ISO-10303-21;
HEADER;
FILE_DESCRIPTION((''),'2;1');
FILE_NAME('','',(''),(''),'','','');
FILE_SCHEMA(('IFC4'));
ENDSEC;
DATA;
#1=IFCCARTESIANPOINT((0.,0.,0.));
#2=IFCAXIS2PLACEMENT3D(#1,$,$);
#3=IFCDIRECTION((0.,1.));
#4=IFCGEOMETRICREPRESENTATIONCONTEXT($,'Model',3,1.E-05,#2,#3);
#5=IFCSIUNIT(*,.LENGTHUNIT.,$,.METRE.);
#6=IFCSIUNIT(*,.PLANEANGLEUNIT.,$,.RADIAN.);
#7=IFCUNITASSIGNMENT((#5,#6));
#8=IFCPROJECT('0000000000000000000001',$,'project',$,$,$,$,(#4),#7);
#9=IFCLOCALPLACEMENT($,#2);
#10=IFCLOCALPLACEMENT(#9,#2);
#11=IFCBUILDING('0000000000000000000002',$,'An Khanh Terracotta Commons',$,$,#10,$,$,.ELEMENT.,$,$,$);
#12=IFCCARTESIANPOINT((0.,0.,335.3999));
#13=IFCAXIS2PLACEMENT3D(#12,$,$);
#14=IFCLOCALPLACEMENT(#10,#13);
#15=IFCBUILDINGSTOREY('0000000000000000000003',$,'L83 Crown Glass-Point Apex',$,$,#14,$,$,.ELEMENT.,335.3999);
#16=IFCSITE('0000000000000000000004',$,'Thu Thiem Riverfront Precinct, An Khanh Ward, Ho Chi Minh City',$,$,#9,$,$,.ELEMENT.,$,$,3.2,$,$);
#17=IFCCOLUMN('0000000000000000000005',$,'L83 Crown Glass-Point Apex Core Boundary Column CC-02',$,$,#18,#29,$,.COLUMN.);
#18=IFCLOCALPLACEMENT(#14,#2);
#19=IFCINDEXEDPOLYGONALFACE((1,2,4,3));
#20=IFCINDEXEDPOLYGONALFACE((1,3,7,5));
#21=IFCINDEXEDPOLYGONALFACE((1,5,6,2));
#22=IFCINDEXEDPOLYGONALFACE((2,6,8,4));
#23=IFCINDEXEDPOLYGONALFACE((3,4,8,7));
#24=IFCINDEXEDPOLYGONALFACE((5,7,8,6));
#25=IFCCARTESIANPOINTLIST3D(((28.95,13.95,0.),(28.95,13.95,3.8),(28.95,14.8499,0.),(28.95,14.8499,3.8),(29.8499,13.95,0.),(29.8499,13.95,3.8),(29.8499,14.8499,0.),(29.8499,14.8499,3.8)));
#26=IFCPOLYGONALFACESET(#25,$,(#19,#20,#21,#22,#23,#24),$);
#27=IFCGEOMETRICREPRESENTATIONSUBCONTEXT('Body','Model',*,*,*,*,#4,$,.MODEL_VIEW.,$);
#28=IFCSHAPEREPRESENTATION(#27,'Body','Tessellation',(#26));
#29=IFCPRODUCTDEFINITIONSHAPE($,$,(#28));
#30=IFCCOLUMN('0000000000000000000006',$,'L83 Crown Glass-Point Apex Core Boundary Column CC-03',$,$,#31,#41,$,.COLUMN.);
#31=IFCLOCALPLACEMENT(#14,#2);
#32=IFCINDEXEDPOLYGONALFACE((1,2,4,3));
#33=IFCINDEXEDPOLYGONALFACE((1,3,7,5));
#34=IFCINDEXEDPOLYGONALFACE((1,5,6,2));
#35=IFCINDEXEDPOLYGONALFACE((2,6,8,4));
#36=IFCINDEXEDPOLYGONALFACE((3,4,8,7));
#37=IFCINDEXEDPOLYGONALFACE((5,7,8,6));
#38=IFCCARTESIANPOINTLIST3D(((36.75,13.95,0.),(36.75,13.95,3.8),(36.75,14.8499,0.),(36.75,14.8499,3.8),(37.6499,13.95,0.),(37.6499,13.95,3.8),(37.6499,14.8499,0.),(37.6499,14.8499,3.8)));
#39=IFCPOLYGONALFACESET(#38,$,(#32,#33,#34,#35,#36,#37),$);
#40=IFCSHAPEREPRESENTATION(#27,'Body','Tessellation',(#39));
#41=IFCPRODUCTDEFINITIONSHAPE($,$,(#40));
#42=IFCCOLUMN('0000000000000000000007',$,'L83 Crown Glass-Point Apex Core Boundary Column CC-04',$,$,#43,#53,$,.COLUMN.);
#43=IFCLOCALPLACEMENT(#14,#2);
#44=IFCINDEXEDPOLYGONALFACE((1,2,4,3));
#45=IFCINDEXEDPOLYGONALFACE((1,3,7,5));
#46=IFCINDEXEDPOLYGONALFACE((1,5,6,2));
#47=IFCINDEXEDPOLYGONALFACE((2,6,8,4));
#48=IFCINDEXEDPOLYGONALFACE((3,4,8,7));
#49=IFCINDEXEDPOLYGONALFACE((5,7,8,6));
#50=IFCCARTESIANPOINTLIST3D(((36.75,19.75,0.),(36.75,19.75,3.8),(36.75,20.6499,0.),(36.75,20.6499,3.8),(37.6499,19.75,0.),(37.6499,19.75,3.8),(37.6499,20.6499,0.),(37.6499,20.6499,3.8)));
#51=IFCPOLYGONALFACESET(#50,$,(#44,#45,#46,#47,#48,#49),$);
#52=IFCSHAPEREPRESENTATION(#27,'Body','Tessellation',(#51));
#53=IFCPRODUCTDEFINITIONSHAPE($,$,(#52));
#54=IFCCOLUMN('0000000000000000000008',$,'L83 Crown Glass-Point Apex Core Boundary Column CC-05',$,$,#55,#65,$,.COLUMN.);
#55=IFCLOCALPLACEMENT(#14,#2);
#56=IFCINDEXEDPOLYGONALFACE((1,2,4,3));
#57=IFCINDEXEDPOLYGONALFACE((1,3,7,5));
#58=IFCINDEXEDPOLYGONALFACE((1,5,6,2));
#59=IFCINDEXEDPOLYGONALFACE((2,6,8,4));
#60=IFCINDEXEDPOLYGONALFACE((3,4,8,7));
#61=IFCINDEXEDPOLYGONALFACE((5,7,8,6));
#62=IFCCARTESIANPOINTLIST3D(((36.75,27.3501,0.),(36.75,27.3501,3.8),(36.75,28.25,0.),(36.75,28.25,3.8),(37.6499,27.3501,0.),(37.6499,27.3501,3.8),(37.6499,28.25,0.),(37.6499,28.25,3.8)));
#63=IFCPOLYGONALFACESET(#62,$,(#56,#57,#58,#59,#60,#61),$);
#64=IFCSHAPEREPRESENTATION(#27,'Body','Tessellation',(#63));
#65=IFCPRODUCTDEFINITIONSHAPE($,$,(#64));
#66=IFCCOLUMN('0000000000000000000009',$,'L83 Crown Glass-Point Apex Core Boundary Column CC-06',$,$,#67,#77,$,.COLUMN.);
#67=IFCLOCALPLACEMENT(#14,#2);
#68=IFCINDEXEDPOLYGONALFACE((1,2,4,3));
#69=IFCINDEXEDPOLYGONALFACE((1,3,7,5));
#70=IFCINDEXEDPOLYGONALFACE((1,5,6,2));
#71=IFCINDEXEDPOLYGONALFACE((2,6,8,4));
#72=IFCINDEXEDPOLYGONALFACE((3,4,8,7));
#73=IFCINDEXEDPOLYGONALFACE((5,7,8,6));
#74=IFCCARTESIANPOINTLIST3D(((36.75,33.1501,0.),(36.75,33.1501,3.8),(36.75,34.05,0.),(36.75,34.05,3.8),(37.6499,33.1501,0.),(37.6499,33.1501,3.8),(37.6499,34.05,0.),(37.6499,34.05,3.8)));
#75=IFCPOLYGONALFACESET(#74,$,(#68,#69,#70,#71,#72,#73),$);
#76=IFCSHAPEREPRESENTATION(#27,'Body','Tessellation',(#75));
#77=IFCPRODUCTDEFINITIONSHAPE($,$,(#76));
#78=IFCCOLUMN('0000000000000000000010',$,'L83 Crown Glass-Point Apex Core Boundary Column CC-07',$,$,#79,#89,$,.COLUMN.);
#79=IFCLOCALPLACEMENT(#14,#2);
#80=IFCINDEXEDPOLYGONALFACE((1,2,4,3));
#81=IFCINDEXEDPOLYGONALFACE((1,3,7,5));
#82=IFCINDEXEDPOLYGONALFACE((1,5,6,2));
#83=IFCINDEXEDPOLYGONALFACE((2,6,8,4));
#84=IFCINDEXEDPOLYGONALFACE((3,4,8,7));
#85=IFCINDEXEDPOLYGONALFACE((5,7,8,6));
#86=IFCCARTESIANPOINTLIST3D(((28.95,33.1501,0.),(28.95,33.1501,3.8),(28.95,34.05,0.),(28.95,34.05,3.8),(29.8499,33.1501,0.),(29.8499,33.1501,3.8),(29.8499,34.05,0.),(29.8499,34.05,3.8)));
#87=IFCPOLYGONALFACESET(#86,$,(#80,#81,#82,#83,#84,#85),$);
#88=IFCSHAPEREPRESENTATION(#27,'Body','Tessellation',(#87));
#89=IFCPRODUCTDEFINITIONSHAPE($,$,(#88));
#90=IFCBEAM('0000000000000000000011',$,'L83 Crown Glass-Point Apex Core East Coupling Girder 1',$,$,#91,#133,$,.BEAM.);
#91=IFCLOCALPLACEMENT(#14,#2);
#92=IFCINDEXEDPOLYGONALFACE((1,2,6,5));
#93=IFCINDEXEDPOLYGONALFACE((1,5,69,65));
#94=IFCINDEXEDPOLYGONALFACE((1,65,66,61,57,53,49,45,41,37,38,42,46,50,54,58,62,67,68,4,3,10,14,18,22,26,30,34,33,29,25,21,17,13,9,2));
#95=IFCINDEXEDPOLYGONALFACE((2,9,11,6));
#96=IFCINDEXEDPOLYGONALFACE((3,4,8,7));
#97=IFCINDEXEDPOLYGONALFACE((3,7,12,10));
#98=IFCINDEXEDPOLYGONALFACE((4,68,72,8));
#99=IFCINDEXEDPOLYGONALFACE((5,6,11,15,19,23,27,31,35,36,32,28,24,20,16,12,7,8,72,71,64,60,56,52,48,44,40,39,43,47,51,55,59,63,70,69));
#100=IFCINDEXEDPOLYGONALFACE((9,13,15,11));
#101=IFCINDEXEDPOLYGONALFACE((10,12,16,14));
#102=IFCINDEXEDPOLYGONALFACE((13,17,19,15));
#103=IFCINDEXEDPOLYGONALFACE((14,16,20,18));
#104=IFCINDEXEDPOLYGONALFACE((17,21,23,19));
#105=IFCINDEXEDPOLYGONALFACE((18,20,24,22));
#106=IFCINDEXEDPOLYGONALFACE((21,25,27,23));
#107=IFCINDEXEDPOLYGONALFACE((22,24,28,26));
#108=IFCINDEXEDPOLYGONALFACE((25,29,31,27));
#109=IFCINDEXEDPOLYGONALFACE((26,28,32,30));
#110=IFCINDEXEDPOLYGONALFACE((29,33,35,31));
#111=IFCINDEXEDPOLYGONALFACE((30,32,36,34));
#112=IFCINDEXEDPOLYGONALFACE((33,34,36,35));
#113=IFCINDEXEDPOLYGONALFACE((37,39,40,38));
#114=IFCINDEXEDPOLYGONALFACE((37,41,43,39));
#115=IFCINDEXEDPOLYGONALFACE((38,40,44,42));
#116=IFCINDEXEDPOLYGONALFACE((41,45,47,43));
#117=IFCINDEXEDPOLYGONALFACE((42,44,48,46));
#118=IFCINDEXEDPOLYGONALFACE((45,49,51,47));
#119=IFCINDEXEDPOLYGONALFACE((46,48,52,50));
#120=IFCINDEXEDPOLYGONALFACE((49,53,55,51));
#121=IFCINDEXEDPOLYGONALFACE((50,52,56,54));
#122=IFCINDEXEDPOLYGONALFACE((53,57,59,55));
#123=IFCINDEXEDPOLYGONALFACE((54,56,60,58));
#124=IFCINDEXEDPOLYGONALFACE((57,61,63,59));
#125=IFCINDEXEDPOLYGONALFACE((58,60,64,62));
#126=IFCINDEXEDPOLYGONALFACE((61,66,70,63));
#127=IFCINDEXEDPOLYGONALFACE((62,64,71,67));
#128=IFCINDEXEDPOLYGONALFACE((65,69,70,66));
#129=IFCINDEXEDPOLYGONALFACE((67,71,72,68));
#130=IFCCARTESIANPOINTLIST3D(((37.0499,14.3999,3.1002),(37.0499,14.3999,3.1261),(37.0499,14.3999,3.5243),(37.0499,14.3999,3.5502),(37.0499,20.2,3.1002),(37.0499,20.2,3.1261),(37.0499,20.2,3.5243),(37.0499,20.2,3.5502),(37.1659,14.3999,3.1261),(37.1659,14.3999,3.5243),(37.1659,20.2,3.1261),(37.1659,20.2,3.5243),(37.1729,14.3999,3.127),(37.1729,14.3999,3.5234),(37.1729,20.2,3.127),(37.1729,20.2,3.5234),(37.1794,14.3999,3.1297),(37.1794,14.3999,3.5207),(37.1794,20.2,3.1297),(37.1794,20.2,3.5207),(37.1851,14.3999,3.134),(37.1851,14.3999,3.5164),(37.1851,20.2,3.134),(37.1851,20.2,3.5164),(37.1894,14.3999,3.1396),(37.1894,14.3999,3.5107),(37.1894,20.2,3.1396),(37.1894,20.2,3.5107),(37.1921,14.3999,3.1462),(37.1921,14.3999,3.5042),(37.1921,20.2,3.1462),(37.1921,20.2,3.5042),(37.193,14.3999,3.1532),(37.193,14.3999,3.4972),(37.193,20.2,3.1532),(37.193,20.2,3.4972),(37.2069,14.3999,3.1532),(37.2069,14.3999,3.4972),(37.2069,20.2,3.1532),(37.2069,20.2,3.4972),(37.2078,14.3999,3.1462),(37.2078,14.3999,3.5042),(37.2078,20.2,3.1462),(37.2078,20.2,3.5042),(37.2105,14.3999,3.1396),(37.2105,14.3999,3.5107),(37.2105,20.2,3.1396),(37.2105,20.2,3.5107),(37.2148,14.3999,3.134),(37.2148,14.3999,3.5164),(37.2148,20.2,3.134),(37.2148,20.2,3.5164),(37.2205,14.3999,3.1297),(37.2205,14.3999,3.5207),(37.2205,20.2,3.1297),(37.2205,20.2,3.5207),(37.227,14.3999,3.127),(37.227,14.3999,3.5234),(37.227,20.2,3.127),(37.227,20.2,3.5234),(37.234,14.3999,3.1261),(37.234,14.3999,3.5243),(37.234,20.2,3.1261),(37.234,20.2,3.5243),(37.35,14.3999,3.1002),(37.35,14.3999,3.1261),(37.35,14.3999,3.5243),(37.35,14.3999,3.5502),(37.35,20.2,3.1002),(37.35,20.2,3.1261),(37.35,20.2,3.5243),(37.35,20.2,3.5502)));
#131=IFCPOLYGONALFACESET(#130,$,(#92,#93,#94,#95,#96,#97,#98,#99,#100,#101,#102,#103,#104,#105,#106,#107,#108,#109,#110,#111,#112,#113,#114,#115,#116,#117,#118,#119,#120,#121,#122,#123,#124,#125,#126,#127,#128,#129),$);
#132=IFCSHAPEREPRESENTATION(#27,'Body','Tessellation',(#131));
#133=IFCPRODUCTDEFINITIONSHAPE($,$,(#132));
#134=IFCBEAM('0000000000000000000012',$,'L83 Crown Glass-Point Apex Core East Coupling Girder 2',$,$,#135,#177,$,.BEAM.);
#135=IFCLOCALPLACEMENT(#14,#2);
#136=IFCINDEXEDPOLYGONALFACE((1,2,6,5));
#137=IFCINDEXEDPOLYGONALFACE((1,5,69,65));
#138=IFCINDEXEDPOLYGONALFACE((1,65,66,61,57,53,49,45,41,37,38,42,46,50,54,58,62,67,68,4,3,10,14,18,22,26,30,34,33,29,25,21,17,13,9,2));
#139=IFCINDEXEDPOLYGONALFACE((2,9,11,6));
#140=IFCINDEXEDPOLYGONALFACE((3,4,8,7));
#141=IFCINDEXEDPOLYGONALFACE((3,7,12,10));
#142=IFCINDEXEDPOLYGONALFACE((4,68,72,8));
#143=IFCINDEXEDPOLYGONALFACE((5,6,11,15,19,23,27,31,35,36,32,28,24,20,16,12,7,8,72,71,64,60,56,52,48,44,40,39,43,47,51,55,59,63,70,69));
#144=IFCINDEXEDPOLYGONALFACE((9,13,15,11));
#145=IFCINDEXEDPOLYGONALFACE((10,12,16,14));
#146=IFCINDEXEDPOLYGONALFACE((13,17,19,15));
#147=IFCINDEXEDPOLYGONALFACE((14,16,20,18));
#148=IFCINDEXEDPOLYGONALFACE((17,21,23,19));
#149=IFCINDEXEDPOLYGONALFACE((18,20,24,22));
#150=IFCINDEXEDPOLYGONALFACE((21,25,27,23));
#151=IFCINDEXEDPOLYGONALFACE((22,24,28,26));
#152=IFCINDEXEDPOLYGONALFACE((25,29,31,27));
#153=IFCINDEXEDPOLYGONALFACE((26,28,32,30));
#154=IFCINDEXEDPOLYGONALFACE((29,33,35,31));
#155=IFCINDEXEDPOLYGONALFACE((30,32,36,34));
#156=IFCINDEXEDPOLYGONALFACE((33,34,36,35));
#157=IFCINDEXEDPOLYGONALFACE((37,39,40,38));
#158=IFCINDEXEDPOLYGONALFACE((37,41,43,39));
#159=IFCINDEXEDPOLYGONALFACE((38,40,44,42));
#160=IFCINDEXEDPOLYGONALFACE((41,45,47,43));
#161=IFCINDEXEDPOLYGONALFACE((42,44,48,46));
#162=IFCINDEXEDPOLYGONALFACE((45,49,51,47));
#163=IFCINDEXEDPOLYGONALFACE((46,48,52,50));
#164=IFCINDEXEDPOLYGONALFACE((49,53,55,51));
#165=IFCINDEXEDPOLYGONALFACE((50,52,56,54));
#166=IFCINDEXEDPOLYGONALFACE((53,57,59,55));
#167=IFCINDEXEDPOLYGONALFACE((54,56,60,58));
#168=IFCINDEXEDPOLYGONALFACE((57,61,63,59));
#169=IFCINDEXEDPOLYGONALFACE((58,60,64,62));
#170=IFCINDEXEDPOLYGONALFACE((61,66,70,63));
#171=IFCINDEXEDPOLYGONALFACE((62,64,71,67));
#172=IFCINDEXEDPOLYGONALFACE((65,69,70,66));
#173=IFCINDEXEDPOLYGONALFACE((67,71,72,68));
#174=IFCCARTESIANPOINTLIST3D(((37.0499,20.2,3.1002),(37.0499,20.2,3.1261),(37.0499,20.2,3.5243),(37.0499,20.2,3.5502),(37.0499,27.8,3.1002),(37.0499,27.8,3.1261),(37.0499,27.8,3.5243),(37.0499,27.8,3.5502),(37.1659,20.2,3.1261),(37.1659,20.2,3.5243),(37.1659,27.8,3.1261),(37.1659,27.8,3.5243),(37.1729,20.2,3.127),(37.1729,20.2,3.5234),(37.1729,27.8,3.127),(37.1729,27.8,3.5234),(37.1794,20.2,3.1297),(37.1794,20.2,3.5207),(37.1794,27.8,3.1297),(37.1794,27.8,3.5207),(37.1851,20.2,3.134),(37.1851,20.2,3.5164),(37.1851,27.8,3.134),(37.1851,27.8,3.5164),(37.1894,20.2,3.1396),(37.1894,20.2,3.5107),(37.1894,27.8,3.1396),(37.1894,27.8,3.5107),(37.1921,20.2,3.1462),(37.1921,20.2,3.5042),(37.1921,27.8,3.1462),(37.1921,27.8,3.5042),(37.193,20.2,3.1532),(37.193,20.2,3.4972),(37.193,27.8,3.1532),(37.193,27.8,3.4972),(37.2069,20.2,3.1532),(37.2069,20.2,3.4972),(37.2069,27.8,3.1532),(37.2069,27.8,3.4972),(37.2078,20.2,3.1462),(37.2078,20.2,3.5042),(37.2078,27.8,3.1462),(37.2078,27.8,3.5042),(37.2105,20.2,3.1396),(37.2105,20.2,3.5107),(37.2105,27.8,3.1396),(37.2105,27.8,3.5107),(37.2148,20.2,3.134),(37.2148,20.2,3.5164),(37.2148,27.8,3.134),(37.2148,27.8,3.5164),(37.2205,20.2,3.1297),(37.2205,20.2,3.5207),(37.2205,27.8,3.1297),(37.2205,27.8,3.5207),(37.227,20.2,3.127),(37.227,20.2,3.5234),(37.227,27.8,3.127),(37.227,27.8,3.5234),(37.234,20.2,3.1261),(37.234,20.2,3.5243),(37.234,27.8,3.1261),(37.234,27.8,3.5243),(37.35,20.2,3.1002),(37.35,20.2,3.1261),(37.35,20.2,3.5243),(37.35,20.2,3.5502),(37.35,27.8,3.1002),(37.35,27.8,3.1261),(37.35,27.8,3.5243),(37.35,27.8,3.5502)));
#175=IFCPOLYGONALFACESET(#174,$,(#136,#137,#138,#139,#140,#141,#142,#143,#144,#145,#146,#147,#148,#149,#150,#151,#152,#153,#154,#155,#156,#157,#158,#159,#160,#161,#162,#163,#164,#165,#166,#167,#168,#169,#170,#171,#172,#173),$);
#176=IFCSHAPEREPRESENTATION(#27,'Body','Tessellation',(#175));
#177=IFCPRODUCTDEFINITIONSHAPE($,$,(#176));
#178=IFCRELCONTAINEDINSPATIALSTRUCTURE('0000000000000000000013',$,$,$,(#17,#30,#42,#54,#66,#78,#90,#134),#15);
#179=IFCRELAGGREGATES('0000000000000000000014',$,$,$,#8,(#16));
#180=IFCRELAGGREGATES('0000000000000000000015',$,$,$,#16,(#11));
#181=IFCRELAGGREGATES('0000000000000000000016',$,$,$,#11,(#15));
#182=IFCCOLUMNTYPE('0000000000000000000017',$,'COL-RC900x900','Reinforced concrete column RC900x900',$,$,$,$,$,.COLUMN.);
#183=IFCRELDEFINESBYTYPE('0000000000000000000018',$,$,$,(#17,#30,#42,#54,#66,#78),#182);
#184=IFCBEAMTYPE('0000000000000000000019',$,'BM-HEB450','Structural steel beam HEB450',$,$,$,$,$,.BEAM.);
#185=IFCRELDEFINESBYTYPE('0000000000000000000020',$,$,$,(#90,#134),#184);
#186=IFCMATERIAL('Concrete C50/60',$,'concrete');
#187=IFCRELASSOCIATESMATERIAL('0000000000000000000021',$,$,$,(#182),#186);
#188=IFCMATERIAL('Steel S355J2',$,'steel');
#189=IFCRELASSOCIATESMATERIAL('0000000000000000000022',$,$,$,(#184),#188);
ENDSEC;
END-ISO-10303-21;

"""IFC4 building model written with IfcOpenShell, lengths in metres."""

from ifc_helpers import new_model, si_unit, direction, frame, origin, origin_2d, place, context, subcontext, project, spatial, rectangle, i_section, extrude, material, material_profile, profile_set, type_object, element, save


model = new_model("IFC4")

# Units and contexts
model_context = context("Model", 3, precision=1e-05, world=origin(), true_north=direction((0.0, 1.0)))
body_context = subcontext(model_context, "Body", "Model", "MODEL_VIEW")
ifc_project = project(units=[si_unit("LENGTHUNIT", "METRE"), si_unit("PLANEANGLEUNIT", "RADIAN")], contexts=[model_context])

# Site, building, storey
site_placement = place(None, origin())
site = spatial("IfcSite", under=ifc_project, at=site_placement, Name="Thu Thiem Riverfront Precinct, An Khanh Ward, Ho Chi Minh City", CompositionType="ELEMENT", RefElevation=3.2)
building_placement = place(site_placement, origin())
building = spatial("IfcBuilding", under=site, at=building_placement, Name="An Khanh Terracotta Commons", CompositionType="ELEMENT")
storey_placement = place(building_placement, frame((0.0, 0.0, 335.3999)))
storey = spatial("IfcBuildingStorey", under=building, at=storey_placement, Name="L83 Crown Glass-Point Apex", CompositionType="ELEMENT", Elevation=335.3999)

# Columns
ifc_material_1 = material(Name="Concrete C50/60", Category="concrete")
ifc_material_profile_1 = material_profile(ifc_material_1, rectangle(XDim=0.8999, YDim=0.8999, at=origin_2d()), Name="RC900x900")
ifc_profile_set_1 = profile_set([ifc_material_profile_1], Name="Concrete C50/60")
column_type = type_object("IfcColumnType", Name="COL-RC900x900", Description="Reinforced concrete column RC900x900", PredefinedType="COLUMN", material=ifc_profile_set_1)
for number, where, z_axis, x_axis, name in (
    (1, (29.3999, 14.3999, 0.0), (0.0, 0.0, 1.0), (1.0, 0.0, 0.0), "L83 Crown Glass-Point Apex Core Boundary Column CC-02"),
    (2, (37.2, 14.3999, 0.0), (0.0, 0.0, 1.0), (1.0, 0.0, 0.0), "L83 Crown Glass-Point Apex Core Boundary Column CC-03"),
    (3, (37.2, 20.2, 0.0), (0.0, 0.0, 1.0), (1.0, 0.0, 0.0), "L83 Crown Glass-Point Apex Core Boundary Column CC-04"),
    (4, (37.2, 27.8, 0.0), (0.0, 0.0, 1.0), (1.0, 0.0, 0.0), "L83 Crown Glass-Point Apex Core Boundary Column CC-05"),
    (5, (37.2, 33.6001, 0.0), (0.0, 0.0, 1.0), (1.0, 0.0, 0.0), "L83 Crown Glass-Point Apex Core Boundary Column CC-06"),
    (6, (29.3999, 33.6001, 0.0), (0.0, 0.0, 1.0), (1.0, 0.0, 0.0), "L83 Crown Glass-Point Apex Core Boundary Column CC-07"),
):
    element("IfcColumn", number, at=place(storey_placement, frame(where, z_axis=z_axis, x_axis=x_axis)), inside=storey, type_object=column_type, Name=name, PredefinedType="COLUMN", context=body_context, shape_type="SweptSolid", body=[
        extrude(rectangle(XDim=0.8999, YDim=0.8999, at=origin_2d()), origin(), (0.0, 0.0, 1.0), 3.8),
    ])

# Beams
ifc_material_2 = material(Name="Steel S355J2", Category="steel")
ifc_material_profile_2 = material_profile(ifc_material_2, i_section(OverallWidth=0.3, OverallDepth=0.45, WebThickness=0.0139, FlangeThickness=0.0259, FilletRadius=0.0271, at=origin_2d()), Name="HEB450")
ifc_profile_set_2 = profile_set([ifc_material_profile_2], Name="Steel S355J2")
beam_type_1 = type_object("IfcBeamType", Name="BM-HEB450", Description="Structural steel beam HEB450", PredefinedType="BEAM", material=ifc_profile_set_2)
beam_1_placement = place(storey_placement, frame((37.2, 14.3999, 3.3252), z_axis=(0.0, 1.0, 0.0), x_axis=(-1.0, 0.0, 0.0)))
element("IfcBeam", 7, at=beam_1_placement, inside=storey, type_object=beam_type_1, Name="L83 Crown Glass-Point Apex Core East Coupling Girder 1", PredefinedType="BEAM", context=body_context, shape_type="SweptSolid", body=[
    extrude(i_section(OverallWidth=0.3, OverallDepth=0.45, WebThickness=0.0139, FlangeThickness=0.0259, FilletRadius=0.0271, at=origin_2d()), origin(), (0.0, 0.0, 1.0), 5.8),
])
beam_2_placement = place(storey_placement, frame((37.2, 20.2, 3.3252), z_axis=(0.0, 1.0, 0.0), x_axis=(-1.0, 0.0, 0.0)))
element("IfcBeam", 8, at=beam_2_placement, inside=storey, type_object=beam_type_1, Name="L83 Crown Glass-Point Apex Core East Coupling Girder 2", PredefinedType="BEAM", context=body_context, shape_type="SweptSolid", body=[
    extrude(i_section(OverallWidth=0.3, OverallDepth=0.45, WebThickness=0.0139, FlangeThickness=0.0259, FilletRadius=0.0271, at=origin_2d()), origin(), (0.0, 0.0, 1.0), 7.6001),
])

save(model, "model.ifc")
